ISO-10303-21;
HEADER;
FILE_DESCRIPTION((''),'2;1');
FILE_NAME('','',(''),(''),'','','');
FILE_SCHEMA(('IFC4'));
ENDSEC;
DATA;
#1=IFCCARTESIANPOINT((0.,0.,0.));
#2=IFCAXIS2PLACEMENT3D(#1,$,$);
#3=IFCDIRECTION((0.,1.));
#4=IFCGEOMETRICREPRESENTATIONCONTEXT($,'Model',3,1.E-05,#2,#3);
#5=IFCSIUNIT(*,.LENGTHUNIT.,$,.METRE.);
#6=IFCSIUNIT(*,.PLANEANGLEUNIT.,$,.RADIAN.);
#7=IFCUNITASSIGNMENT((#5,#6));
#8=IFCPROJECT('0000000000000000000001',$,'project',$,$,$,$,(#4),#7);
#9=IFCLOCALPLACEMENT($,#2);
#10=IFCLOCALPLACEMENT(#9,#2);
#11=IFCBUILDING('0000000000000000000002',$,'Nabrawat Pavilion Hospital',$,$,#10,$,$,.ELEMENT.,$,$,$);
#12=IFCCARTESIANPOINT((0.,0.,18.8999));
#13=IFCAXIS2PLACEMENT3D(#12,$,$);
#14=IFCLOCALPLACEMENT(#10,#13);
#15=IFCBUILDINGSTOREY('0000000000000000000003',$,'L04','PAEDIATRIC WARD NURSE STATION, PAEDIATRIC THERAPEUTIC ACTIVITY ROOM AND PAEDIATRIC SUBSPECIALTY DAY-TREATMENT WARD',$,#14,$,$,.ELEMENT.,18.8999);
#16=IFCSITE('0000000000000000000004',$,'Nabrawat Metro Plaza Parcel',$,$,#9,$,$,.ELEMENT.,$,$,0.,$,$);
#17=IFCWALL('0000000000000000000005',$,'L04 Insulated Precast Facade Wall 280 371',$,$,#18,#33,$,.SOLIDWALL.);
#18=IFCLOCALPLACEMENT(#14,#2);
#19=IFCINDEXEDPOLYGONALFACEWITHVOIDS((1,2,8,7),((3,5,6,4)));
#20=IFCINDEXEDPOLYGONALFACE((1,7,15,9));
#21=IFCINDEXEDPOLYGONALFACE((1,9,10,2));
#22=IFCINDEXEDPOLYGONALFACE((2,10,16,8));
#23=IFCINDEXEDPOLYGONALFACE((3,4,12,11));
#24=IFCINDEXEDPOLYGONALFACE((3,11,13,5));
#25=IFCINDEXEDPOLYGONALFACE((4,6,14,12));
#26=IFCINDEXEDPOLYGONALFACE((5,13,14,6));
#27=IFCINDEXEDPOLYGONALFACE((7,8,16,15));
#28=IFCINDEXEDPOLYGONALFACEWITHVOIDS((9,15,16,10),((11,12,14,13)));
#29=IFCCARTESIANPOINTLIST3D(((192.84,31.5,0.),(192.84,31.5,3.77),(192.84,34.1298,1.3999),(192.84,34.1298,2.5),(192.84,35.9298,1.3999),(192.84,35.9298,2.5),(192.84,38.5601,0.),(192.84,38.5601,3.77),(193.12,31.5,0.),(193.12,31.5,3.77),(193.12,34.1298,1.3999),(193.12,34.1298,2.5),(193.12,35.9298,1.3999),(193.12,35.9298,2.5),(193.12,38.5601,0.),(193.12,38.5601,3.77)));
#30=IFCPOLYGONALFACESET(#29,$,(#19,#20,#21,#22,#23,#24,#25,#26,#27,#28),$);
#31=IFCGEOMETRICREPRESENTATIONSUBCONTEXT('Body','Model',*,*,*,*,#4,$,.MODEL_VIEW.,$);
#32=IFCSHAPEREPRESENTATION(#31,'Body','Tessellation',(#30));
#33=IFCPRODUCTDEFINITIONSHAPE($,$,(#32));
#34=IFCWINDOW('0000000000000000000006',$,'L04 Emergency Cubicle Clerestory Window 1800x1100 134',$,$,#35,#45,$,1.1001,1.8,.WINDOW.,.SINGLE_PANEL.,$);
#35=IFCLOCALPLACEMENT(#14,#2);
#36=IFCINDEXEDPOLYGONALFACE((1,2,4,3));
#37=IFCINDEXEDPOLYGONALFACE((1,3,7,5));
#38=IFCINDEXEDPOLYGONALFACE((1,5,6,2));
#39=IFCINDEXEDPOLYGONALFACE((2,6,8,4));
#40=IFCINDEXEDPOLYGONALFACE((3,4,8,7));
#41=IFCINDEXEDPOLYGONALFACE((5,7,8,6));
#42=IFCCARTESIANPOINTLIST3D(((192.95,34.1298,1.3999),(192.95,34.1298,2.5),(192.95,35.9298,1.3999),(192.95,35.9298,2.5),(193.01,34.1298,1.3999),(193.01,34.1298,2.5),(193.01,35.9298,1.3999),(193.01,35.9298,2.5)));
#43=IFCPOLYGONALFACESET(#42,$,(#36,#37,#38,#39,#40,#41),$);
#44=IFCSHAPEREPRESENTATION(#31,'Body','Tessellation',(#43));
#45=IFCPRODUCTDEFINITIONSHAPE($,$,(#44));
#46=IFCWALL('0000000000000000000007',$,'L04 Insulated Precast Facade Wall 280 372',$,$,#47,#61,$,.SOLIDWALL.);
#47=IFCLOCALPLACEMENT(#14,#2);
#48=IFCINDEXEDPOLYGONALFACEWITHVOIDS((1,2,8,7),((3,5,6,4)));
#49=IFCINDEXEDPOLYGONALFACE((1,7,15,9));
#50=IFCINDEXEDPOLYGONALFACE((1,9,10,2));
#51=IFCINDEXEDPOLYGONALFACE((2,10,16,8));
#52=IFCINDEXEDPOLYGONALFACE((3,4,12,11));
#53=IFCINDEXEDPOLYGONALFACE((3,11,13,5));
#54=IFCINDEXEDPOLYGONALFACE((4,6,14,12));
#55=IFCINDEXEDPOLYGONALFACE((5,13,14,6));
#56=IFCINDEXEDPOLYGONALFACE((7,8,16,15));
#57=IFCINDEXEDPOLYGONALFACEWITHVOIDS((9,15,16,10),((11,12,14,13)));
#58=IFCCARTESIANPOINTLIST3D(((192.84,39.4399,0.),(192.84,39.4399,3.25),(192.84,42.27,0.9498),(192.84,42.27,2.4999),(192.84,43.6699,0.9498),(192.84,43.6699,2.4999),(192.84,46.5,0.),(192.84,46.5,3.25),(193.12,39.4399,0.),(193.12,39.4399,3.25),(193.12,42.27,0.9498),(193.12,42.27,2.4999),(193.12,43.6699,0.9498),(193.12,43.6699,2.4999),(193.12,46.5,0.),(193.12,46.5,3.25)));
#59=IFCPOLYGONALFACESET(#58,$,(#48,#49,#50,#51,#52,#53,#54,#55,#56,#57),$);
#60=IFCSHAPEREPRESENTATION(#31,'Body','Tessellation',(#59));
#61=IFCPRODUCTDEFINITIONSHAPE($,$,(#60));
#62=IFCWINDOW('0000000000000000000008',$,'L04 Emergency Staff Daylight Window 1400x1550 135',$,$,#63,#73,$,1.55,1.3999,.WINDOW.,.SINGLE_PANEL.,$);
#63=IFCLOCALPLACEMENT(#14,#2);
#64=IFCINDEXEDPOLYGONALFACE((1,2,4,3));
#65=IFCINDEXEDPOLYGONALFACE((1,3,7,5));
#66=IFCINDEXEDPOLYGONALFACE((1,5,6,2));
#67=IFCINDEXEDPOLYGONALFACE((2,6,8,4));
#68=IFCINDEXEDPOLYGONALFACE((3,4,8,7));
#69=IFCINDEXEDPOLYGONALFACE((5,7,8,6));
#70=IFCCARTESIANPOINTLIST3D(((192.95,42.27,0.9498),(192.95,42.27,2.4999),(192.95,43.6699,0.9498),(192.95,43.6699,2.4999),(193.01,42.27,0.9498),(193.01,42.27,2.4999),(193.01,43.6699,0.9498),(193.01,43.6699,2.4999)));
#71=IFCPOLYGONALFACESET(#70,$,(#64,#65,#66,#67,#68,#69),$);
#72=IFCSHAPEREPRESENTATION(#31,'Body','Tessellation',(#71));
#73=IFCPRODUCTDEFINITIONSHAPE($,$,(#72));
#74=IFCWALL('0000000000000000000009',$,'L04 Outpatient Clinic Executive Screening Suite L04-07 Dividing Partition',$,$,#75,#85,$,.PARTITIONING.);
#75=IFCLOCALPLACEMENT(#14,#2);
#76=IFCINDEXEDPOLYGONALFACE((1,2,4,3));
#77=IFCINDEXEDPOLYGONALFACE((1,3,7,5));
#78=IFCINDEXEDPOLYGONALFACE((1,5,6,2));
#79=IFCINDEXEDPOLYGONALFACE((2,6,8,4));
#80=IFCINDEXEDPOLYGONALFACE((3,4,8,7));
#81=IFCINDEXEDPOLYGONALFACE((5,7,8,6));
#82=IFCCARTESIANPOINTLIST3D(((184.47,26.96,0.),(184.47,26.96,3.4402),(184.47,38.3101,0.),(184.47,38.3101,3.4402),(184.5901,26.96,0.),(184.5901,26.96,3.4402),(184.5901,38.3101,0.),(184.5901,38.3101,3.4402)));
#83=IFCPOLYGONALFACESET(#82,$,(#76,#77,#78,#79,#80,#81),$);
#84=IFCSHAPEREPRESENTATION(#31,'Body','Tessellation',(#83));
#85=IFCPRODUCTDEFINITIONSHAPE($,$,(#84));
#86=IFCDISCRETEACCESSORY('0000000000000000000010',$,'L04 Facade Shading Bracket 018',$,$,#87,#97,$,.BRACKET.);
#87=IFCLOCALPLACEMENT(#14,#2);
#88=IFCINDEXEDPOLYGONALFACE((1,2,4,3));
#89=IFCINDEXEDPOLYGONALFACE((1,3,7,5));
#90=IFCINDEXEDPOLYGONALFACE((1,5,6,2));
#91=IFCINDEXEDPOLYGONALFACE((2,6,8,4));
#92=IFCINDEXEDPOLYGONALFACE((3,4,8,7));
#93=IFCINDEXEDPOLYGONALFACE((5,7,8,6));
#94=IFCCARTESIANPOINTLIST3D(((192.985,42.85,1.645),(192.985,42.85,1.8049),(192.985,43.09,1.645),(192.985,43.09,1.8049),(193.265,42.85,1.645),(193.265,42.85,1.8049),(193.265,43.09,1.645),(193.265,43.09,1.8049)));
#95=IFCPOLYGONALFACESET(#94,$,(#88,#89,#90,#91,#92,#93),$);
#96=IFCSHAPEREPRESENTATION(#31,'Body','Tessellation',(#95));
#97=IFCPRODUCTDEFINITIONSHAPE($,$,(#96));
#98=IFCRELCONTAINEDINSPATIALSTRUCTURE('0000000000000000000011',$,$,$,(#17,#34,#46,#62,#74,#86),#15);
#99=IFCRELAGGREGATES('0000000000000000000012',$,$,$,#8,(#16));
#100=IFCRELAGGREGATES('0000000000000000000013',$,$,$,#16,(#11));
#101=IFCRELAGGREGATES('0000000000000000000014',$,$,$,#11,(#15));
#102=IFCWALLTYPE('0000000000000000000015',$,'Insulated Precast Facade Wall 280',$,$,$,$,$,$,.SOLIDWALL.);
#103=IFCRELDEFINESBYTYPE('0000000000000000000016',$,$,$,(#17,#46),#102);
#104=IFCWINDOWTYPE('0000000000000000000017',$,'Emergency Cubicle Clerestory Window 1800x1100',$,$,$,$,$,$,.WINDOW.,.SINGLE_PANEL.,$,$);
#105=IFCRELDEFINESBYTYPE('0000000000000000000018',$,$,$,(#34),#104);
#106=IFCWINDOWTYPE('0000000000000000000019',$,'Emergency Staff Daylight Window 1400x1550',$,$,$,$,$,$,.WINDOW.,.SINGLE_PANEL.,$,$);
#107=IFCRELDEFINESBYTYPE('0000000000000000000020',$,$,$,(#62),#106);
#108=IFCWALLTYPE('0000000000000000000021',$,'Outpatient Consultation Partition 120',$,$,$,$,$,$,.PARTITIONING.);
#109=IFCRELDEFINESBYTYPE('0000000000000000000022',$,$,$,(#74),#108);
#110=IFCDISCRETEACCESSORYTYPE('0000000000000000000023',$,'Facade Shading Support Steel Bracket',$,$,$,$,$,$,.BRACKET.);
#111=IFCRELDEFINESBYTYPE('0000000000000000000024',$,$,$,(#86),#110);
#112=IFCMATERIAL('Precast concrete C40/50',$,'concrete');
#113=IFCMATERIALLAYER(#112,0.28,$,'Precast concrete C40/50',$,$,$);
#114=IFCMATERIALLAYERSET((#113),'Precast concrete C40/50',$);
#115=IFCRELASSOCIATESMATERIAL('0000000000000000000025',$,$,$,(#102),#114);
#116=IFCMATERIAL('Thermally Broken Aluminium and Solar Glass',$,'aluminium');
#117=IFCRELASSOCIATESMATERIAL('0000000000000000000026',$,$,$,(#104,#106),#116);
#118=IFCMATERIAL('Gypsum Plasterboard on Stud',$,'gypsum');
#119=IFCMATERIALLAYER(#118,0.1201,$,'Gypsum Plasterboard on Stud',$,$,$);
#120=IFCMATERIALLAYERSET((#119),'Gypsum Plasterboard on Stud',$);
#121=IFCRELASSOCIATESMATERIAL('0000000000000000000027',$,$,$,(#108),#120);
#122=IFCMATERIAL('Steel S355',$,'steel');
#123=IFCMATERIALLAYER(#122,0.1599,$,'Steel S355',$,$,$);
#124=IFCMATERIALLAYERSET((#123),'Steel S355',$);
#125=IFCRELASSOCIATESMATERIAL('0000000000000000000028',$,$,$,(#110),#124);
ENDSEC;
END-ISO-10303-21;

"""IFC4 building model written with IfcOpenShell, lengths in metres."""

from ifc_helpers import new_model, si_unit, direction, frame, frame_2d, origin, origin_2d, place, context, subcontext, project, spatial, rectangle, extrude, material, layer, layer_set, type_object, element, fill, save


model = new_model("IFC4")

# Units and contexts
model_context = context("Model", 3, precision=1e-05, world=origin(), true_north=direction((0.0, 1.0)))
body_context = subcontext(model_context, "Body", "Model", "MODEL_VIEW")
ifc_project = project(units=[si_unit("LENGTHUNIT", "METRE"), si_unit("PLANEANGLEUNIT", "RADIAN")], contexts=[model_context])

# Site, building, storey
site_placement = place(None, origin())
site = spatial("IfcSite", under=ifc_project, at=site_placement, Name="Nabrawat Metro Plaza Parcel", CompositionType="ELEMENT", RefElevation=0.0)
building_placement = place(site_placement, origin())
building = spatial("IfcBuilding", under=site, at=building_placement, Name="Nabrawat Pavilion Hospital", CompositionType="ELEMENT")
storey_placement = place(building_placement, frame((0.0, 0.0, 18.8999)))
storey = spatial("IfcBuildingStorey", under=building, at=storey_placement, Name="L04", Description="PAEDIATRIC WARD NURSE STATION, PAEDIATRIC THERAPEUTIC ACTIVITY ROOM AND PAEDIATRIC SUBSPECIALTY DAY-TREATMENT WARD", CompositionType="ELEMENT", Elevation=18.8999)

# Shared definitions
ifc_material_1 = material(Name="Steel S355", Category="steel")

# Shared definitions
ifc_material_2 = material(Name="Precast concrete C40/50", Category="concrete")
ifc_layer_1 = layer(ifc_material_2, 0.28, Name="Precast concrete C40/50")
ifc_layer_set_1 = layer_set([ifc_layer_1], Name="Precast concrete C40/50")
wall_type_1 = type_object("IfcWallType", Name="Insulated Precast Facade Wall 280", PredefinedType="SOLIDWALL", material=ifc_layer_set_1)

# Walls, openings, windows
wall_1_placement = place(storey_placement, frame((192.98, 31.5, 0.0), z_axis=(0.0, 0.0, 1.0), x_axis=(0.0, 1.0, 0.0)))
wall_1 = element("IfcWall", 1, at=wall_1_placement, inside=storey, type_object=wall_type_1, Name="L04 Insulated Precast Facade Wall 280 371", PredefinedType="SOLIDWALL", context=body_context, shape_type="SweptSolid", body=[
    extrude(rectangle(XDim=7.0601, YDim=0.28, at=frame_2d((3.53, 0.0))), origin(), (0.0, 0.0, 1.0), 3.77),
])
opening_1_placement = place(wall_1_placement, frame((2.6299, 0.0, 1.3999)))
opening_1 = element("IfcOpeningElement", 2, at=opening_1_placement, cuts=wall_1, PredefinedType="OPENING", context=body_context, shape_type="SweptSolid", body=[
    extrude(rectangle(XDim=1.8, YDim=1.1001, at=frame_2d((0.8999, 0.55))), frame((0.0, 0.1499, 0.0), z_axis=(0.0, -1.0, 0.0), x_axis=(1.0, 0.0, 0.0)), (0.0, 0.0, 1.0), 0.3),
])
ifc_material_3 = material(Name="Thermally Broken Aluminium and Solar Glass", Category="aluminium")
window_type_1 = type_object("IfcWindowType", Name="Emergency Cubicle Clerestory Window 1800x1100", PartitioningType="SINGLE_PANEL", PredefinedType="WINDOW", material=ifc_material_3)
window_1_placement = place(opening_1_placement, origin())
window_1 = element("IfcWindow", 3, at=window_1_placement, inside=storey, type_object=window_type_1, Name="L04 Emergency Cubicle Clerestory Window 1800x1100 134", OverallHeight=1.1001, OverallWidth=1.8, PartitioningType="SINGLE_PANEL", PredefinedType="WINDOW", context=body_context, shape_type="SweptSolid", body=[
    extrude(rectangle(XDim=1.8, YDim=1.1001, at=frame_2d((0.8999, 0.55))), frame((0.0, 0.03, 0.0), z_axis=(0.0, -1.0, 0.0), x_axis=(1.0, 0.0, 0.0)), (0.0, 0.0, 1.0), 0.0601),
])
fill(opening_1, window_1)
wall_2_placement = place(storey_placement, frame((192.98, 39.4399, 0.0), z_axis=(0.0, 0.0, 1.0), x_axis=(0.0, 1.0, 0.0)))
wall_2 = element("IfcWall", 4, at=wall_2_placement, inside=storey, type_object=wall_type_1, Name="L04 Insulated Precast Facade Wall 280 372", PredefinedType="SOLIDWALL", context=body_context, shape_type="SweptSolid", body=[
    extrude(rectangle(XDim=7.0601, YDim=0.28, at=frame_2d((3.53, 0.0))), origin(), (0.0, 0.0, 1.0), 3.25),
])
opening_2_placement = place(wall_2_placement, frame((2.8301, 0.0, 0.95)))
opening_2 = element("IfcOpeningElement", 5, at=opening_2_placement, cuts=wall_2, PredefinedType="OPENING", context=body_context, shape_type="SweptSolid", body=[
    extrude(rectangle(XDim=1.3999, YDim=1.55, at=frame_2d((0.7, 0.7749))), frame((0.0, 0.1499, 0.0), z_axis=(0.0, -1.0, 0.0), x_axis=(1.0, 0.0, 0.0)), (0.0, 0.0, 1.0), 0.3),
])
window_type_2 = type_object("IfcWindowType", Name="Emergency Staff Daylight Window 1400x1550", PartitioningType="SINGLE_PANEL", PredefinedType="WINDOW", material=ifc_material_3)
window_2_placement = place(opening_2_placement, origin())
window_2 = element("IfcWindow", 6, at=window_2_placement, inside=storey, type_object=window_type_2, Name="L04 Emergency Staff Daylight Window 1400x1550 135", OverallHeight=1.55, OverallWidth=1.3999, PartitioningType="SINGLE_PANEL", PredefinedType="WINDOW", context=body_context, shape_type="SweptSolid", body=[
    extrude(rectangle(XDim=1.3999, YDim=1.55, at=frame_2d((0.7, 0.7749))), frame((0.0, 0.03, 0.0), z_axis=(0.0, -1.0, 0.0), x_axis=(1.0, 0.0, 0.0)), (0.0, 0.0, 1.0), 0.0601),
])
fill(opening_2, window_2)

# Wall
ifc_material_4 = material(Name="Gypsum Plasterboard on Stud", Category="gypsum")
ifc_layer_2 = layer(ifc_material_4, 0.1201, Name="Gypsum Plasterboard on Stud")
ifc_layer_set_2 = layer_set([ifc_layer_2], Name="Gypsum Plasterboard on Stud")
wall_type_2 = type_object("IfcWallType", Name="Outpatient Consultation Partition 120", PredefinedType="PARTITIONING", material=ifc_layer_set_2)
wall_3_placement = place(storey_placement, frame((184.53, 26.96, 0.0), z_axis=(0.0, 0.0, 1.0), x_axis=(0.0, 1.0, 0.0)))
element("IfcWall", 7, at=wall_3_placement, inside=storey, type_object=wall_type_2, Name="L04 Outpatient Clinic Executive Screening Suite L04-07 Dividing Partition", PredefinedType="PARTITIONING", context=body_context, shape_type="SweptSolid", body=[
    extrude(rectangle(XDim=11.3501, YDim=0.1201, at=frame_2d((5.675, 0.0))), origin(), (0.0, 0.0, 1.0), 3.4402),
])

# Discrete accessory
ifc_layer_3 = layer(ifc_material_1, 0.1599, Name="Steel S355")
ifc_layer_set_3 = layer_set([ifc_layer_3], Name="Steel S355")
discrete_accessory_type = type_object("IfcDiscreteAccessoryType", Name="Facade Shading Support Steel Bracket", PredefinedType="BRACKET", material=ifc_layer_set_3)
discrete_accessory_placement = place(storey_placement, frame((193.125, 42.97, 1.645), z_axis=(0.0, 0.0, 1.0), x_axis=(0.0, 1.0, 0.0)))
element("IfcDiscreteAccessory", 8, at=discrete_accessory_placement, inside=storey, type_object=discrete_accessory_type, Name="L04 Facade Shading Bracket 018", PredefinedType="BRACKET", context=body_context, shape_type="SweptSolid", body=[
    extrude(rectangle(XDim=0.24, YDim=0.28, at=origin_2d()), origin(), (0.0, 0.0, 1.0), 0.1599),
])

save(model, "model.ifc")
